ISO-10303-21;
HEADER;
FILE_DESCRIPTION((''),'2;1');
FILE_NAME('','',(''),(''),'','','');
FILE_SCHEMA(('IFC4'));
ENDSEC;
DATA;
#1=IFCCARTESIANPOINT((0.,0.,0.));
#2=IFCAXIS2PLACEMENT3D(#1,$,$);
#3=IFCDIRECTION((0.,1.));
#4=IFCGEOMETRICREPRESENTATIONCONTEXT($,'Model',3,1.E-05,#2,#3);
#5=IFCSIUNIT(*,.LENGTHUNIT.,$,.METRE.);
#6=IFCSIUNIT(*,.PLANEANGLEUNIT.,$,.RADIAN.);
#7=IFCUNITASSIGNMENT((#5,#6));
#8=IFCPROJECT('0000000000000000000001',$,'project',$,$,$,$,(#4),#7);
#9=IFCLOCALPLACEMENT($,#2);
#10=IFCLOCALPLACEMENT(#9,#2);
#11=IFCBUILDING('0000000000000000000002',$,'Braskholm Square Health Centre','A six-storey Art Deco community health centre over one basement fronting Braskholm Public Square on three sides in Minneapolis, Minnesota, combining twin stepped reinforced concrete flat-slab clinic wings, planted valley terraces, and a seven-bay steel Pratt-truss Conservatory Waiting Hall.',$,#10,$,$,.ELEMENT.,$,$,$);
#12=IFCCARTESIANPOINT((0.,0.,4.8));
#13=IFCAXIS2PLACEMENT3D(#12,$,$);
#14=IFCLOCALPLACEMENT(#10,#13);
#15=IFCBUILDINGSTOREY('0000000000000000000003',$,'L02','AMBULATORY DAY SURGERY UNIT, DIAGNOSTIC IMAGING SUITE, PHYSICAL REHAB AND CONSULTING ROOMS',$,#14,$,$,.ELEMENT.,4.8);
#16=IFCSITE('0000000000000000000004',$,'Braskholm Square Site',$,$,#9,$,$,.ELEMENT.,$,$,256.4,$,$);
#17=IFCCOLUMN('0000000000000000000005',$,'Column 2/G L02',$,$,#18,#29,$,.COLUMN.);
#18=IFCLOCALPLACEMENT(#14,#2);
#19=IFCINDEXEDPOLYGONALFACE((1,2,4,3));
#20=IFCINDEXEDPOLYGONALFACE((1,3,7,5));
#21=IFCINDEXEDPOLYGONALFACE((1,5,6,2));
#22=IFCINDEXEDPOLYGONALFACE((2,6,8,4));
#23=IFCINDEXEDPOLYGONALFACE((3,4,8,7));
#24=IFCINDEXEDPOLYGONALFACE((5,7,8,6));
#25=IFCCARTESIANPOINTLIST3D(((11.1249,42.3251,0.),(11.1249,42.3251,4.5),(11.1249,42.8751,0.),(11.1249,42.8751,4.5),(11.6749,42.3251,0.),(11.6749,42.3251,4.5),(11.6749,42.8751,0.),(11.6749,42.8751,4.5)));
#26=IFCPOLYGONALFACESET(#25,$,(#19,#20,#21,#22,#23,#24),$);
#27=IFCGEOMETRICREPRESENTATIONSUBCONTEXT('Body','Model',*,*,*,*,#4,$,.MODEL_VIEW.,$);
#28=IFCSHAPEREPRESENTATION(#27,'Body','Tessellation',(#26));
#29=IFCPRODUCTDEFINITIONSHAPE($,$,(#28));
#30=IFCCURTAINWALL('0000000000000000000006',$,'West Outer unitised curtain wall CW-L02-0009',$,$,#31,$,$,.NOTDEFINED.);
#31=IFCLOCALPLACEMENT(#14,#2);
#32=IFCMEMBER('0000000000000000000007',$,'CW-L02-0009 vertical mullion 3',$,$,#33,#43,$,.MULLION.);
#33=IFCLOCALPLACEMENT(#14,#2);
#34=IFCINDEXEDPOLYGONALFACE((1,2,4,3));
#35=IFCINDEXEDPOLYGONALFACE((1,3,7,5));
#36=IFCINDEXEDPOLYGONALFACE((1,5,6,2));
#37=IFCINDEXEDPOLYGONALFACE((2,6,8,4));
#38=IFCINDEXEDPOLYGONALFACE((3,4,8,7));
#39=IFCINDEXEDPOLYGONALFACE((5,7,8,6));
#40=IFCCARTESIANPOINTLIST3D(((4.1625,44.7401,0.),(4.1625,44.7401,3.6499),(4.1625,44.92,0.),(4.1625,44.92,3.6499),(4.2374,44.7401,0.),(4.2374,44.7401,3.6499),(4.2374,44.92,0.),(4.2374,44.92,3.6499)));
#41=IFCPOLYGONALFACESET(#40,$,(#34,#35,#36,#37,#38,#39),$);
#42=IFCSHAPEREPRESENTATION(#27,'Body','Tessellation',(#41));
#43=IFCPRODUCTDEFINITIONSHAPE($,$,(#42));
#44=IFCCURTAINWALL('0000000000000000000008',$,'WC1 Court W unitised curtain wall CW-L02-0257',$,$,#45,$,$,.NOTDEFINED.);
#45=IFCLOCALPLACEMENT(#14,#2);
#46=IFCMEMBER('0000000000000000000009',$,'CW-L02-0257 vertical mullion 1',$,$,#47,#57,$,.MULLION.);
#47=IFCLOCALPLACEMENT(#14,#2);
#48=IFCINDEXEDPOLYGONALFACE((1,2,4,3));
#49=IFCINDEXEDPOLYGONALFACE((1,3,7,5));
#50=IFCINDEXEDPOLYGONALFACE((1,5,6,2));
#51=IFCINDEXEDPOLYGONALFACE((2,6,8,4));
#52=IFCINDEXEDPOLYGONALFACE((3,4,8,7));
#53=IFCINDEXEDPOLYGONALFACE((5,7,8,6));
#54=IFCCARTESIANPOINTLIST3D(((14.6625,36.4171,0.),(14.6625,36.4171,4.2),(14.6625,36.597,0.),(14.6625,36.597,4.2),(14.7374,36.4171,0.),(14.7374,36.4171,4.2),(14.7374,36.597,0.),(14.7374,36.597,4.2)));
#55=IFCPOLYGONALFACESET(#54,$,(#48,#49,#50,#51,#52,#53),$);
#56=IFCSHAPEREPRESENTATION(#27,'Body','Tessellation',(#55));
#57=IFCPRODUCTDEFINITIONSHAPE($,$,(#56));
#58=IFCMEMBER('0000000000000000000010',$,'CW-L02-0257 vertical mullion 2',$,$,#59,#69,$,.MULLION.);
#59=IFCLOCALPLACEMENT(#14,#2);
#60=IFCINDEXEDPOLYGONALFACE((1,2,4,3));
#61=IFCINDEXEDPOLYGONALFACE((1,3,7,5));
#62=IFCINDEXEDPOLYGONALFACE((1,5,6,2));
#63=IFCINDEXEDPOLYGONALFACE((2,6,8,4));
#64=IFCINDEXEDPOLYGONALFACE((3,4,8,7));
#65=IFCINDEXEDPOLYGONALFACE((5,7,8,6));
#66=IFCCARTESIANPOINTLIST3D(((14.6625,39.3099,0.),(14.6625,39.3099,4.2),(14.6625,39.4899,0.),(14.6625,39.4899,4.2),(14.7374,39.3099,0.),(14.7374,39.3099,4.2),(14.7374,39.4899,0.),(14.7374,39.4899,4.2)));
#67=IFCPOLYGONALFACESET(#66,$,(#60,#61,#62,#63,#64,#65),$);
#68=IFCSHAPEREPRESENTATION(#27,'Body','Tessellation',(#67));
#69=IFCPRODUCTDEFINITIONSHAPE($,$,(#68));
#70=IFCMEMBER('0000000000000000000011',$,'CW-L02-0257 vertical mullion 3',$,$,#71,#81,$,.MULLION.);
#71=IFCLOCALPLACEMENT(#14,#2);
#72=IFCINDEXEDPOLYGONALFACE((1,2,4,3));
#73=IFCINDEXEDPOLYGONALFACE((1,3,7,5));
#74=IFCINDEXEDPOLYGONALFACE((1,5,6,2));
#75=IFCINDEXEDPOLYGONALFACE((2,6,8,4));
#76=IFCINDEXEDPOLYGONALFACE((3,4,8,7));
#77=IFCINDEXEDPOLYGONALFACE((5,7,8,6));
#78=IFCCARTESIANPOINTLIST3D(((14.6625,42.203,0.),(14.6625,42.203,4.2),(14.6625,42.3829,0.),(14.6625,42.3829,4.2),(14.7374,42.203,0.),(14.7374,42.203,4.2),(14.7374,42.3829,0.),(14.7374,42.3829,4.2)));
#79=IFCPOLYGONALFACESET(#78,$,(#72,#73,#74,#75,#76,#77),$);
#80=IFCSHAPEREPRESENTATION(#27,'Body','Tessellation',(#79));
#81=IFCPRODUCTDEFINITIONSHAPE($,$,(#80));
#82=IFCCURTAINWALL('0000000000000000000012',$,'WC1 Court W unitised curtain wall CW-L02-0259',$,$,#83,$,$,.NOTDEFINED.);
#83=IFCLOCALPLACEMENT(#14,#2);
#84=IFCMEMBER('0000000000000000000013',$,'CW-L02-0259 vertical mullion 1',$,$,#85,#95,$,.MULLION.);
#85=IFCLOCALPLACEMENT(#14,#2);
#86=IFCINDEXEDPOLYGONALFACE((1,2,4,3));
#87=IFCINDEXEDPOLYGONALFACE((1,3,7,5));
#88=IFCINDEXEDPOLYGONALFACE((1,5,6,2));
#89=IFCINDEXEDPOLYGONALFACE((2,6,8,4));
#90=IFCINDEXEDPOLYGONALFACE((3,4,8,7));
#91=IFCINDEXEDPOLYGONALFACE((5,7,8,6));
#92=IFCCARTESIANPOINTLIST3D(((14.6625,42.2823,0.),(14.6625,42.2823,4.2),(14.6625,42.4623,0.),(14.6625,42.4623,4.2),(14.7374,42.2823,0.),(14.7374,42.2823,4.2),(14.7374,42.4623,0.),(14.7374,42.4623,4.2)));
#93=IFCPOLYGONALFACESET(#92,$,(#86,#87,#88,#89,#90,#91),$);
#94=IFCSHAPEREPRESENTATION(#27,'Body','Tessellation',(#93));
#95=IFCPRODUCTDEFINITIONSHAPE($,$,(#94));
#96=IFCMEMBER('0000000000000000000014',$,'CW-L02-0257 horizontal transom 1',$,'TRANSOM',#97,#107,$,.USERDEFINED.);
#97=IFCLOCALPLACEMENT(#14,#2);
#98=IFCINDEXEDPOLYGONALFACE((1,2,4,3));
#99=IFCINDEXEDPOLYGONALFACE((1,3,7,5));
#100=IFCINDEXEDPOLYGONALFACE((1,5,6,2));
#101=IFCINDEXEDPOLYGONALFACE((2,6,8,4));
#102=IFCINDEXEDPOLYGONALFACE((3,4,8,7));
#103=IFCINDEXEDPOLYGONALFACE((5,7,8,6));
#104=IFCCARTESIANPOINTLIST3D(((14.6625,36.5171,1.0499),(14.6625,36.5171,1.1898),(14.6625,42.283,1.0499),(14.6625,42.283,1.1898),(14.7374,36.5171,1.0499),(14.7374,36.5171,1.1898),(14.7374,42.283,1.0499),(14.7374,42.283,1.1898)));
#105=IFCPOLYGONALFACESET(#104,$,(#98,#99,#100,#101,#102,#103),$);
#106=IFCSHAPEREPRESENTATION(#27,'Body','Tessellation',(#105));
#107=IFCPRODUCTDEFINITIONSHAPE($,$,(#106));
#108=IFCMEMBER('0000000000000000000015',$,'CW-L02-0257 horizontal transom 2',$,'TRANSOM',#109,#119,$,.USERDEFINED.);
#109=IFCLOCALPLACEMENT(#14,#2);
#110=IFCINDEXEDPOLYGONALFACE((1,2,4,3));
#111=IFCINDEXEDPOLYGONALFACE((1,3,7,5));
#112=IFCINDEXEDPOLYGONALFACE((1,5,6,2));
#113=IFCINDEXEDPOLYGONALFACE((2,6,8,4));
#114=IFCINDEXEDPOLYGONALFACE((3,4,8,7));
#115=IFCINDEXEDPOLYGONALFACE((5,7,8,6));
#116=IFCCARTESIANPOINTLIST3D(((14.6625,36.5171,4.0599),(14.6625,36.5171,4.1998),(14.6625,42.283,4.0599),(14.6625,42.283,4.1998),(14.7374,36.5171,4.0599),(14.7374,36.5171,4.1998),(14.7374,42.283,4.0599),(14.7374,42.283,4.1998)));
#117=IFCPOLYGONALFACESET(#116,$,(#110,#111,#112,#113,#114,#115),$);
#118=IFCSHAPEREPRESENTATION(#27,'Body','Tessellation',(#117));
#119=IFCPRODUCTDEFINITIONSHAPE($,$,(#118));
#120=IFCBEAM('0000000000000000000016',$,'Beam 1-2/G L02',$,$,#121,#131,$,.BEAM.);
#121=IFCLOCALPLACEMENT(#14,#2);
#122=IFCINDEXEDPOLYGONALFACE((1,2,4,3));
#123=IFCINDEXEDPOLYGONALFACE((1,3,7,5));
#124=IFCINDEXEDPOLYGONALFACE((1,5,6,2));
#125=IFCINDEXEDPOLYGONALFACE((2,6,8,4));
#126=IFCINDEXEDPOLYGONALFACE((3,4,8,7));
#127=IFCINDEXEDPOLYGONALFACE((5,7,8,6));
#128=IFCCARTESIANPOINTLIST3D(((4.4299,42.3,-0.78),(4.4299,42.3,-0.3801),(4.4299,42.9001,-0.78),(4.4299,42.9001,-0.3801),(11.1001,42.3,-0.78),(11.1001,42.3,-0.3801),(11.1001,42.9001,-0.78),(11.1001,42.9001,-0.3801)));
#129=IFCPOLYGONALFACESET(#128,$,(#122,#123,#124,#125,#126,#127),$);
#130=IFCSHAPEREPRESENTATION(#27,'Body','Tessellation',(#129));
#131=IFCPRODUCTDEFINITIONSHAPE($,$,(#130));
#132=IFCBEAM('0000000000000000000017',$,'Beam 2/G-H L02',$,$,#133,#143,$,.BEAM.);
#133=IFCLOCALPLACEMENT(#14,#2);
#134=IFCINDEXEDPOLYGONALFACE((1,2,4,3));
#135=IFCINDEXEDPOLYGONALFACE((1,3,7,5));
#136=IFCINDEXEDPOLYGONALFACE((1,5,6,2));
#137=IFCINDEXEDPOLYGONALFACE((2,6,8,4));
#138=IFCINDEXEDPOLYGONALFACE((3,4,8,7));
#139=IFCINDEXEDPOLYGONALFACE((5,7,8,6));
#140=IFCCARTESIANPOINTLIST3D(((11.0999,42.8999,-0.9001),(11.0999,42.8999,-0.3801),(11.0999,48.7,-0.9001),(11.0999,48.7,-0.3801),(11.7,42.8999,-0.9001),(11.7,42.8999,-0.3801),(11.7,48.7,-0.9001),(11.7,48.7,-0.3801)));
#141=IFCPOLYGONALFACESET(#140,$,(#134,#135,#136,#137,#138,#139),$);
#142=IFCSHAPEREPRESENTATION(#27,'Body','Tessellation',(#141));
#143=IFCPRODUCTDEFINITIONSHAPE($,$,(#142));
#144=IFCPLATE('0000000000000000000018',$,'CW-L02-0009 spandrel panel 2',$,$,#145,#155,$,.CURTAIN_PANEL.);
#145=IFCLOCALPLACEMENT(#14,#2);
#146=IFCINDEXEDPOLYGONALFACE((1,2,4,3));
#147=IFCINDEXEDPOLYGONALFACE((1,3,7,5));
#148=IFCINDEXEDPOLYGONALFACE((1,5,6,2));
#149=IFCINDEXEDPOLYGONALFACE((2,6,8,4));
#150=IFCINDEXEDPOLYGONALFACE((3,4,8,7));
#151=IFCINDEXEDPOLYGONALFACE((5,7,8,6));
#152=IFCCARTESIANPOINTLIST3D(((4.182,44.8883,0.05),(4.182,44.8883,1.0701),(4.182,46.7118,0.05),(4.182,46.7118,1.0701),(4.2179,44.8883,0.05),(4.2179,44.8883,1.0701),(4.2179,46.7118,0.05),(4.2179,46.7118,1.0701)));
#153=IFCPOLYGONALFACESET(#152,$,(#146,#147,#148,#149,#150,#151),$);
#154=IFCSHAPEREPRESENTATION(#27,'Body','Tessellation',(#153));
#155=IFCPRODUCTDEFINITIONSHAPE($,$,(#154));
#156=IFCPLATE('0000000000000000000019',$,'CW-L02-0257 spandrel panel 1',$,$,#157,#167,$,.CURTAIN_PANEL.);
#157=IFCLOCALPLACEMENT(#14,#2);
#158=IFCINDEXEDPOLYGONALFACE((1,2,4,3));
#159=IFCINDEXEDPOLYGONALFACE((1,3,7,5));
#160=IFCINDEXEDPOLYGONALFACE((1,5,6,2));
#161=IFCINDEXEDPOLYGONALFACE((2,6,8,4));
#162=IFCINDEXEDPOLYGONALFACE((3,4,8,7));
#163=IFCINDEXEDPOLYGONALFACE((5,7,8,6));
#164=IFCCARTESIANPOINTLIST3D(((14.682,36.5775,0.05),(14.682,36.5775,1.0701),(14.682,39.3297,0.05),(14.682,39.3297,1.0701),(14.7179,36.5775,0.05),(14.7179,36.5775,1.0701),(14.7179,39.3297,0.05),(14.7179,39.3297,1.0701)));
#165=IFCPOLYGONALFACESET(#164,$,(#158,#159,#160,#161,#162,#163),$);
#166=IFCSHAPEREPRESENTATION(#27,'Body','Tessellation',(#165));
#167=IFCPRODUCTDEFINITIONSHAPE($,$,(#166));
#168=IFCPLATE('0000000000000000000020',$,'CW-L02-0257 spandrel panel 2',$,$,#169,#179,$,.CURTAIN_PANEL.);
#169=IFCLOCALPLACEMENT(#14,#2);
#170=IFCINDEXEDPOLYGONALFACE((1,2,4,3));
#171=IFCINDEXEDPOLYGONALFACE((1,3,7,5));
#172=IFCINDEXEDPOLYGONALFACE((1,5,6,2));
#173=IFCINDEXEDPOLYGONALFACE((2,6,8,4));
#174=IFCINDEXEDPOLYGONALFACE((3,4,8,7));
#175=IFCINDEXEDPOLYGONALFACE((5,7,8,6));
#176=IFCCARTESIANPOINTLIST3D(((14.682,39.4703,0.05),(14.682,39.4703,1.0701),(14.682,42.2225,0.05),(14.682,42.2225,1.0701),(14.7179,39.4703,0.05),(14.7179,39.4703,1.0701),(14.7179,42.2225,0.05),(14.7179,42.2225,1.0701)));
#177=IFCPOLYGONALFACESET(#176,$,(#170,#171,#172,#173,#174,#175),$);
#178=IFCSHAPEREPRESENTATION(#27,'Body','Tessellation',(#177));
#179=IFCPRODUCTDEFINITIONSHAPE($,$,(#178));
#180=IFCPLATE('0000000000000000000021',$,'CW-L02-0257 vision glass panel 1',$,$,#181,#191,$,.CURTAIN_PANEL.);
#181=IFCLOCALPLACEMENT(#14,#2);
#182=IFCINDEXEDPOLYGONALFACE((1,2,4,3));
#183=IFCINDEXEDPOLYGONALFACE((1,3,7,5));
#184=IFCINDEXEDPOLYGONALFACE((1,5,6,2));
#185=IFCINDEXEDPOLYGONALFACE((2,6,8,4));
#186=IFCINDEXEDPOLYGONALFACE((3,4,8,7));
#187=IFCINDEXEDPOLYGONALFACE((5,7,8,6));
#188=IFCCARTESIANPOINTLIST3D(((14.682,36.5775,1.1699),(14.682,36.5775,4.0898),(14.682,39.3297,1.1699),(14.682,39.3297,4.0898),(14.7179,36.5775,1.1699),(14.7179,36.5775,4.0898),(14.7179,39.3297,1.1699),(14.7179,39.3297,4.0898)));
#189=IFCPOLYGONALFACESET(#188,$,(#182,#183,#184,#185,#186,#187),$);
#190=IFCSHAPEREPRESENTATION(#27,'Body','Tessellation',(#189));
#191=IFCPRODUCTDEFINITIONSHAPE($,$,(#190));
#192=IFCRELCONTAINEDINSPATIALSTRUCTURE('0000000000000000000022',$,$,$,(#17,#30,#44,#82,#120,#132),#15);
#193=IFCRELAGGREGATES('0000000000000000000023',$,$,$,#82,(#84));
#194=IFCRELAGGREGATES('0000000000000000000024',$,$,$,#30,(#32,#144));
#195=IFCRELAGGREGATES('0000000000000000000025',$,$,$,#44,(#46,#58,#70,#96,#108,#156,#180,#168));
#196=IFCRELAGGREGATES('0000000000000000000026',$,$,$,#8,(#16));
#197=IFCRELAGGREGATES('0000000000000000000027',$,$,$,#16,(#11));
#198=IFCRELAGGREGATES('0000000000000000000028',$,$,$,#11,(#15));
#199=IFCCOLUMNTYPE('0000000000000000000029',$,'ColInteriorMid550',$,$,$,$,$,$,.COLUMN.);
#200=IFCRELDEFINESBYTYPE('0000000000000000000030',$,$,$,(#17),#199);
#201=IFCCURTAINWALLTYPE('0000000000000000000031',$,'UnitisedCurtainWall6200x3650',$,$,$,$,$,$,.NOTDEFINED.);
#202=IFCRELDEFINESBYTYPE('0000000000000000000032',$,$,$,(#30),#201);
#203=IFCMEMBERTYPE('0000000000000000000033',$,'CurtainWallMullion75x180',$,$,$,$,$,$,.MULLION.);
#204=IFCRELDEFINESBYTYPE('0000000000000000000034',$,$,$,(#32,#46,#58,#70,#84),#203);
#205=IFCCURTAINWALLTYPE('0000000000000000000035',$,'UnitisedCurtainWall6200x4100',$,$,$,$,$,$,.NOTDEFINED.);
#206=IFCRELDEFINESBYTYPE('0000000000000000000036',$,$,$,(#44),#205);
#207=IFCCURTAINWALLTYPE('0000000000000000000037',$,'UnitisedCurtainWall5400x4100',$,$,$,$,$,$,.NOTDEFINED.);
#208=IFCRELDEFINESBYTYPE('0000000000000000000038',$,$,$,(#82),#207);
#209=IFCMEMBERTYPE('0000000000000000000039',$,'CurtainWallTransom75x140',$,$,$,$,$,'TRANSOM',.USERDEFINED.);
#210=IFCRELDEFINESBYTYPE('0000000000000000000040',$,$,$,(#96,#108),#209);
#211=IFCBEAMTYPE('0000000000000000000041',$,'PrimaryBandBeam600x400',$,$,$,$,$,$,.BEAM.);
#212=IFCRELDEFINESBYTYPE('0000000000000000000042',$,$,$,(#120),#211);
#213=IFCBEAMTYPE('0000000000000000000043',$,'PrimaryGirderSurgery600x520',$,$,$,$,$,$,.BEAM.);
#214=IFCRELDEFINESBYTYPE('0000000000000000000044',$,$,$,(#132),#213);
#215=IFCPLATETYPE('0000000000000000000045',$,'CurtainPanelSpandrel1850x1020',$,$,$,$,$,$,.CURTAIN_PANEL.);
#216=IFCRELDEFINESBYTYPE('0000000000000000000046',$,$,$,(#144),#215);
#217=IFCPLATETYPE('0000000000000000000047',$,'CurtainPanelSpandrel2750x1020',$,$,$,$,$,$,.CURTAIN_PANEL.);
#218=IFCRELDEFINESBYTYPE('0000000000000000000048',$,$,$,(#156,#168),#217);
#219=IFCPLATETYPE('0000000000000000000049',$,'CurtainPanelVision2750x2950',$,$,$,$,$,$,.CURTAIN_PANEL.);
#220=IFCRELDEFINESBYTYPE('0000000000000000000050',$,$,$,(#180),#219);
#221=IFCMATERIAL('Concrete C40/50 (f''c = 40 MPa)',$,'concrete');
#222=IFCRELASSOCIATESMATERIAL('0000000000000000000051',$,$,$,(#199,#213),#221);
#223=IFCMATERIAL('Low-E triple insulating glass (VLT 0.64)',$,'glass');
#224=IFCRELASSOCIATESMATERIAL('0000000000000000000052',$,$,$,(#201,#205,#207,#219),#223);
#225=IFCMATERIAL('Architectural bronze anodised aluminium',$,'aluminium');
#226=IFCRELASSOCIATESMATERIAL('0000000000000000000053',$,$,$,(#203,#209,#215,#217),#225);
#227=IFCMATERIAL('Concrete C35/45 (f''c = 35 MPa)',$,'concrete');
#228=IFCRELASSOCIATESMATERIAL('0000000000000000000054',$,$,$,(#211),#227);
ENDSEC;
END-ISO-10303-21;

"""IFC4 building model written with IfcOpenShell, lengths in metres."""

from ifc_helpers import new_model, si_unit, direction, frame, origin, origin_2d, place, context, subcontext, project, spatial, rectangle, extrude, material, material_profile, profile_set, type_object, element, aggregate, save


model = new_model("IFC4")

# Units and contexts
model_context = context("Model", 3, precision=1e-05, world=origin(), true_north=direction((0.0, 1.0)))
body_context = subcontext(model_context, "Body", "Model", "MODEL_VIEW")
ifc_project = project(units=[si_unit("LENGTHUNIT", "METRE"), si_unit("PLANEANGLEUNIT", "RADIAN")], contexts=[model_context])

# Site, building, storey
site_placement = place(None, origin())
site = spatial("IfcSite", under=ifc_project, at=site_placement, Name="Braskholm Square Site", CompositionType="ELEMENT", RefElevation=256.4)
building_placement = place(site_placement, origin())
building = spatial("IfcBuilding", under=site, at=building_placement, Name="Braskholm Square Health Centre", Description="A six-storey Art Deco community health centre over one basement fronting Braskholm Public Square on three sides in Minneapolis, Minnesota, combining twin stepped reinforced concrete flat-slab clinic wings, planted valley terraces, and a seven-bay steel Pratt-truss Conservatory Waiting Hall.", CompositionType="ELEMENT")
storey_placement = place(building_placement, frame((0.0, 0.0, 4.8)))
storey = spatial("IfcBuildingStorey", under=building, at=storey_placement, Name="L02", Description="AMBULATORY DAY SURGERY UNIT, DIAGNOSTIC IMAGING SUITE, PHYSICAL REHAB AND CONSULTING ROOMS", CompositionType="ELEMENT", Elevation=4.8)

# Column
ifc_material_1 = material(Name="Concrete C40/50 (f'c = 40 MPa)", Category="concrete")
ifc_material_profile_1 = material_profile(ifc_material_1, rectangle(XDim=0.55, YDim=0.55, at=origin_2d()), Name="RC-550X550")
ifc_profile_set_1 = profile_set([ifc_material_profile_1], Name="Concrete C40/50 (f'c = 40 MPa)")
column_type = type_object("IfcColumnType", Name="ColInteriorMid550", PredefinedType="COLUMN", material=ifc_profile_set_1)
column_placement = place(storey_placement, frame((11.3999, 42.6001, 0.0), z_axis=(0.0, 0.0, 1.0), x_axis=(1.0, 0.0, 0.0)))
element("IfcColumn", 1, at=column_placement, inside=storey, type_object=column_type, Name="Column 2/G L02", PredefinedType="COLUMN", context=body_context, shape_type="SweptSolid", body=[
    extrude(rectangle(XDim=0.55, YDim=0.55, at=origin_2d()), origin(), (0.0, 0.0, 1.0), 4.5),
])

# Curtain wall, member
ifc_material_2 = material(Name="Low-E triple insulating glass (VLT 0.64)", Category="glass")
curtain_wall_type_1 = type_object("IfcCurtainWallType", Name="UnitisedCurtainWall6200x3650", PredefinedType="NOTDEFINED", material=ifc_material_2)
curtain_wall_1_placement = place(storey_placement, origin())
curtain_wall_1 = element("IfcCurtainWall", 2, at=curtain_wall_1_placement, inside=storey, type_object=curtain_wall_type_1, Name="West Outer unitised curtain wall CW-L02-0009", PredefinedType="NOTDEFINED")
ifc_material_3 = material(Name="Architectural bronze anodised aluminium", Category="aluminium")
ifc_material_profile_2 = material_profile(ifc_material_3, rectangle(XDim=0.075, YDim=0.1799, at=origin_2d()), Name="ALU-75X180")
ifc_profile_set_2 = profile_set([ifc_material_profile_2], Name="Architectural bronze anodised aluminium")
member_type_1 = type_object("IfcMemberType", Name="CurtainWallMullion75x180", PredefinedType="MULLION", material=ifc_profile_set_2)
member_1_placement = place(storey_placement, frame((4.2, 44.8301, 0.0), z_axis=(0.0, 0.0, 1.0), x_axis=(1.0, 0.0, 0.0)))
member_1 = element("IfcMember", 3, at=member_1_placement, type_object=member_type_1, Name="CW-L02-0009 vertical mullion 3", PredefinedType="MULLION", context=body_context, shape_type="SweptSolid", body=[
    extrude(rectangle(XDim=0.075, YDim=0.1799, at=origin_2d()), origin(), (0.0, 0.0, 1.0), 3.6499),
])

# Curtain wall, members
curtain_wall_type_2 = type_object("IfcCurtainWallType", Name="UnitisedCurtainWall6200x4100", PredefinedType="NOTDEFINED", material=ifc_material_2)
curtain_wall_2_placement = place(storey_placement, origin())
curtain_wall_2 = element("IfcCurtainWall", 4, at=curtain_wall_2_placement, inside=storey, type_object=curtain_wall_type_2, Name="WC1 Court W unitised curtain wall CW-L02-0257", PredefinedType="NOTDEFINED")
member_2_placement = place(storey_placement, frame((14.7, 36.5071, 0.0), z_axis=(0.0, 0.0, 1.0), x_axis=(1.0, 0.0, 0.0)))
member_2 = element("IfcMember", 5, at=member_2_placement, type_object=member_type_1, Name="CW-L02-0257 vertical mullion 1", PredefinedType="MULLION", context=body_context, shape_type="SweptSolid", body=[
    extrude(rectangle(XDim=0.075, YDim=0.1799, at=origin_2d()), origin(), (0.0, 0.0, 1.0), 4.2),
])
member_3_placement = place(storey_placement, frame((14.7, 39.3999, 0.0), z_axis=(0.0, 0.0, 1.0), x_axis=(1.0, 0.0, 0.0)))
member_3 = element("IfcMember", 6, at=member_3_placement, type_object=member_type_1, Name="CW-L02-0257 vertical mullion 2", PredefinedType="MULLION", context=body_context, shape_type="SweptSolid", body=[
    extrude(rectangle(XDim=0.075, YDim=0.1799, at=origin_2d()), origin(), (0.0, 0.0, 1.0), 4.2),
])
member_4_placement = place(storey_placement, frame((14.7, 42.293, 0.0), z_axis=(0.0, 0.0, 1.0), x_axis=(1.0, 0.0, 0.0)))
member_4 = element("IfcMember", 7, at=member_4_placement, type_object=member_type_1, Name="CW-L02-0257 vertical mullion 3", PredefinedType="MULLION", context=body_context, shape_type="SweptSolid", body=[
    extrude(rectangle(XDim=0.075, YDim=0.1799, at=origin_2d()), origin(), (0.0, 0.0, 1.0), 4.2),
])

# Curtain wall, member
curtain_wall_type_3 = type_object("IfcCurtainWallType", Name="UnitisedCurtainWall5400x4100", PredefinedType="NOTDEFINED", material=ifc_material_2)
curtain_wall_3_placement = place(storey_placement, origin())
curtain_wall_3 = element("IfcCurtainWall", 8, at=curtain_wall_3_placement, inside=storey, type_object=curtain_wall_type_3, Name="WC1 Court W unitised curtain wall CW-L02-0259", PredefinedType="NOTDEFINED")
member_5_placement = place(storey_placement, frame((14.7, 42.3723, 0.0), z_axis=(0.0, 0.0, 1.0), x_axis=(1.0, 0.0, 0.0)))
member_5 = element("IfcMember", 9, at=member_5_placement, type_object=member_type_1, Name="CW-L02-0259 vertical mullion 1", PredefinedType="MULLION", context=body_context, shape_type="SweptSolid", body=[
    extrude(rectangle(XDim=0.075, YDim=0.1799, at=origin_2d()), origin(), (0.0, 0.0, 1.0), 4.2),
])
aggregate(curtain_wall_3, [member_5])

# Members
ifc_material_profile_3 = material_profile(ifc_material_3, rectangle(XDim=0.075, YDim=0.1399, at=origin_2d()), Name="ALU-75X140")
ifc_profile_set_3 = profile_set([ifc_material_profile_3], Name="Architectural bronze anodised aluminium")
member_type_2 = type_object("IfcMemberType", Name="CurtainWallTransom75x140", ElementType="TRANSOM", PredefinedType="USERDEFINED", material=ifc_profile_set_3)
member_6_placement = place(storey_placement, frame((14.7, 36.5171, 1.1199), z_axis=(0.0, 1.0, 0.0), x_axis=(-1.0, 0.0, 0.0)))
member_6 = element("IfcMember", 10, at=member_6_placement, type_object=member_type_2, Name="CW-L02-0257 horizontal transom 1", ObjectType="TRANSOM", PredefinedType="USERDEFINED", context=body_context, shape_type="SweptSolid", body=[
    extrude(rectangle(XDim=0.075, YDim=0.1399, at=origin_2d()), origin(), (0.0, 0.0, 1.0), 5.7659),
])
member_7_placement = place(storey_placement, frame((14.7, 36.5171, 4.1299), z_axis=(0.0, 1.0, 0.0), x_axis=(-1.0, 0.0, 0.0)))
member_7 = element("IfcMember", 11, at=member_7_placement, type_object=member_type_2, Name="CW-L02-0257 horizontal transom 2", ObjectType="TRANSOM", PredefinedType="USERDEFINED", context=body_context, shape_type="SweptSolid", body=[
    extrude(rectangle(XDim=0.075, YDim=0.1399, at=origin_2d()), origin(), (0.0, 0.0, 1.0), 5.7659),
])

# Beams
ifc_material_4 = material(Name="Concrete C35/45 (f'c = 35 MPa)", Category="concrete")
ifc_material_profile_4 = material_profile(ifc_material_4, rectangle(XDim=0.6001, YDim=0.3999, at=origin_2d()), Name="RCB-600X400")
ifc_profile_set_4 = profile_set([ifc_material_profile_4], Name="Concrete C35/45 (f'c = 35 MPa)")
beam_type_1 = type_object("IfcBeamType", Name="PrimaryBandBeam600x400", PredefinedType="BEAM", material=ifc_profile_set_4)
beam_1_placement = place(storey_placement, frame((4.4299, 42.6001, -0.5801), z_axis=(1.0, 0.0, 0.0), x_axis=(0.0, 1.0, 0.0)))
element("IfcBeam", 12, at=beam_1_placement, inside=storey, type_object=beam_type_1, Name="Beam 1-2/G L02", PredefinedType="BEAM", context=body_context, shape_type="SweptSolid", body=[
    extrude(rectangle(XDim=0.6001, YDim=0.3999, at=origin_2d()), origin(), (0.0, 0.0, 1.0), 6.6702),
])
ifc_material_profile_5 = material_profile(ifc_material_1, rectangle(XDim=0.6001, YDim=0.52, at=origin_2d()), Name="RCB-600X520")
ifc_profile_set_5 = profile_set([ifc_material_profile_5], Name="Concrete C40/50 (f'c = 40 MPa)")
beam_type_2 = type_object("IfcBeamType", Name="PrimaryGirderSurgery600x520", PredefinedType="BEAM", material=ifc_profile_set_5)
beam_2_placement = place(storey_placement, frame((11.3999, 42.8999, -0.6401), z_axis=(0.0, 1.0, 0.0), x_axis=(-1.0, 0.0, 0.0)))
element("IfcBeam", 13, at=beam_2_placement, inside=storey, type_object=beam_type_2, Name="Beam 2/G-H L02", PredefinedType="BEAM", context=body_context, shape_type="SweptSolid", body=[
    extrude(rectangle(XDim=0.6001, YDim=0.52, at=origin_2d()), origin(), (0.0, 0.0, 1.0), 5.8),
])

# Plates
plate_type_1 = type_object("IfcPlateType", Name="CurtainPanelSpandrel1850x1020", PredefinedType="CURTAIN_PANEL", material=ifc_material_3)
plate_1_placement = place(storey_placement, frame((4.2, 45.8, 0.05), z_axis=(0.0, 0.0, 1.0), x_axis=(0.0, -1.0, 0.0)))
plate_1 = element("IfcPlate", 14, at=plate_1_placement, type_object=plate_type_1, Name="CW-L02-0009 spandrel panel 2", PredefinedType="CURTAIN_PANEL", context=body_context, shape_type="SweptSolid", body=[
    extrude(rectangle(XDim=1.8235, YDim=0.0359, at=origin_2d()), origin(), (0.0, 0.0, 1.0), 1.02),
])
aggregate(curtain_wall_1, [member_1, plate_1])
plate_type_2 = type_object("IfcPlateType", Name="CurtainPanelSpandrel2750x1020", PredefinedType="CURTAIN_PANEL", material=ifc_material_3)
plate_2_placement = place(storey_placement, frame((14.7, 37.9536, 0.05), z_axis=(0.0, 0.0, 1.0), x_axis=(0.0, 1.0, 0.0)))
plate_2 = element("IfcPlate", 15, at=plate_2_placement, type_object=plate_type_2, Name="CW-L02-0257 spandrel panel 1", PredefinedType="CURTAIN_PANEL", context=body_context, shape_type="SweptSolid", body=[
    extrude(rectangle(XDim=2.7522, YDim=0.0359, at=origin_2d()), origin(), (0.0, 0.0, 1.0), 1.02),
])
plate_3_placement = place(storey_placement, frame((14.7, 40.8464, 0.05), z_axis=(0.0, 0.0, 1.0), x_axis=(0.0, 1.0, 0.0)))
plate_3 = element("IfcPlate", 16, at=plate_3_placement, type_object=plate_type_2, Name="CW-L02-0257 spandrel panel 2", PredefinedType="CURTAIN_PANEL", context=body_context, shape_type="SweptSolid", body=[
    extrude(rectangle(XDim=2.7522, YDim=0.0359, at=origin_2d()), origin(), (0.0, 0.0, 1.0), 1.02),
])
plate_type_3 = type_object("IfcPlateType", Name="CurtainPanelVision2750x2950", PredefinedType="CURTAIN_PANEL", material=ifc_material_2)
plate_4_placement = place(storey_placement, frame((14.7, 37.9536, 1.1699), z_axis=(0.0, 0.0, 1.0), x_axis=(0.0, 1.0, 0.0)))
plate_4 = element("IfcPlate", 17, at=plate_4_placement, type_object=plate_type_3, Name="CW-L02-0257 vision glass panel 1", PredefinedType="CURTAIN_PANEL", context=body_context, shape_type="SweptSolid", body=[
    extrude(rectangle(XDim=2.7522, YDim=0.0359, at=origin_2d()), origin(), (0.0, 0.0, 1.0), 2.9199),
])
aggregate(curtain_wall_2, [member_2, member_3, member_4, member_6, member_7, plate_2, plate_4, plate_3])

save(model, "model.ifc")
